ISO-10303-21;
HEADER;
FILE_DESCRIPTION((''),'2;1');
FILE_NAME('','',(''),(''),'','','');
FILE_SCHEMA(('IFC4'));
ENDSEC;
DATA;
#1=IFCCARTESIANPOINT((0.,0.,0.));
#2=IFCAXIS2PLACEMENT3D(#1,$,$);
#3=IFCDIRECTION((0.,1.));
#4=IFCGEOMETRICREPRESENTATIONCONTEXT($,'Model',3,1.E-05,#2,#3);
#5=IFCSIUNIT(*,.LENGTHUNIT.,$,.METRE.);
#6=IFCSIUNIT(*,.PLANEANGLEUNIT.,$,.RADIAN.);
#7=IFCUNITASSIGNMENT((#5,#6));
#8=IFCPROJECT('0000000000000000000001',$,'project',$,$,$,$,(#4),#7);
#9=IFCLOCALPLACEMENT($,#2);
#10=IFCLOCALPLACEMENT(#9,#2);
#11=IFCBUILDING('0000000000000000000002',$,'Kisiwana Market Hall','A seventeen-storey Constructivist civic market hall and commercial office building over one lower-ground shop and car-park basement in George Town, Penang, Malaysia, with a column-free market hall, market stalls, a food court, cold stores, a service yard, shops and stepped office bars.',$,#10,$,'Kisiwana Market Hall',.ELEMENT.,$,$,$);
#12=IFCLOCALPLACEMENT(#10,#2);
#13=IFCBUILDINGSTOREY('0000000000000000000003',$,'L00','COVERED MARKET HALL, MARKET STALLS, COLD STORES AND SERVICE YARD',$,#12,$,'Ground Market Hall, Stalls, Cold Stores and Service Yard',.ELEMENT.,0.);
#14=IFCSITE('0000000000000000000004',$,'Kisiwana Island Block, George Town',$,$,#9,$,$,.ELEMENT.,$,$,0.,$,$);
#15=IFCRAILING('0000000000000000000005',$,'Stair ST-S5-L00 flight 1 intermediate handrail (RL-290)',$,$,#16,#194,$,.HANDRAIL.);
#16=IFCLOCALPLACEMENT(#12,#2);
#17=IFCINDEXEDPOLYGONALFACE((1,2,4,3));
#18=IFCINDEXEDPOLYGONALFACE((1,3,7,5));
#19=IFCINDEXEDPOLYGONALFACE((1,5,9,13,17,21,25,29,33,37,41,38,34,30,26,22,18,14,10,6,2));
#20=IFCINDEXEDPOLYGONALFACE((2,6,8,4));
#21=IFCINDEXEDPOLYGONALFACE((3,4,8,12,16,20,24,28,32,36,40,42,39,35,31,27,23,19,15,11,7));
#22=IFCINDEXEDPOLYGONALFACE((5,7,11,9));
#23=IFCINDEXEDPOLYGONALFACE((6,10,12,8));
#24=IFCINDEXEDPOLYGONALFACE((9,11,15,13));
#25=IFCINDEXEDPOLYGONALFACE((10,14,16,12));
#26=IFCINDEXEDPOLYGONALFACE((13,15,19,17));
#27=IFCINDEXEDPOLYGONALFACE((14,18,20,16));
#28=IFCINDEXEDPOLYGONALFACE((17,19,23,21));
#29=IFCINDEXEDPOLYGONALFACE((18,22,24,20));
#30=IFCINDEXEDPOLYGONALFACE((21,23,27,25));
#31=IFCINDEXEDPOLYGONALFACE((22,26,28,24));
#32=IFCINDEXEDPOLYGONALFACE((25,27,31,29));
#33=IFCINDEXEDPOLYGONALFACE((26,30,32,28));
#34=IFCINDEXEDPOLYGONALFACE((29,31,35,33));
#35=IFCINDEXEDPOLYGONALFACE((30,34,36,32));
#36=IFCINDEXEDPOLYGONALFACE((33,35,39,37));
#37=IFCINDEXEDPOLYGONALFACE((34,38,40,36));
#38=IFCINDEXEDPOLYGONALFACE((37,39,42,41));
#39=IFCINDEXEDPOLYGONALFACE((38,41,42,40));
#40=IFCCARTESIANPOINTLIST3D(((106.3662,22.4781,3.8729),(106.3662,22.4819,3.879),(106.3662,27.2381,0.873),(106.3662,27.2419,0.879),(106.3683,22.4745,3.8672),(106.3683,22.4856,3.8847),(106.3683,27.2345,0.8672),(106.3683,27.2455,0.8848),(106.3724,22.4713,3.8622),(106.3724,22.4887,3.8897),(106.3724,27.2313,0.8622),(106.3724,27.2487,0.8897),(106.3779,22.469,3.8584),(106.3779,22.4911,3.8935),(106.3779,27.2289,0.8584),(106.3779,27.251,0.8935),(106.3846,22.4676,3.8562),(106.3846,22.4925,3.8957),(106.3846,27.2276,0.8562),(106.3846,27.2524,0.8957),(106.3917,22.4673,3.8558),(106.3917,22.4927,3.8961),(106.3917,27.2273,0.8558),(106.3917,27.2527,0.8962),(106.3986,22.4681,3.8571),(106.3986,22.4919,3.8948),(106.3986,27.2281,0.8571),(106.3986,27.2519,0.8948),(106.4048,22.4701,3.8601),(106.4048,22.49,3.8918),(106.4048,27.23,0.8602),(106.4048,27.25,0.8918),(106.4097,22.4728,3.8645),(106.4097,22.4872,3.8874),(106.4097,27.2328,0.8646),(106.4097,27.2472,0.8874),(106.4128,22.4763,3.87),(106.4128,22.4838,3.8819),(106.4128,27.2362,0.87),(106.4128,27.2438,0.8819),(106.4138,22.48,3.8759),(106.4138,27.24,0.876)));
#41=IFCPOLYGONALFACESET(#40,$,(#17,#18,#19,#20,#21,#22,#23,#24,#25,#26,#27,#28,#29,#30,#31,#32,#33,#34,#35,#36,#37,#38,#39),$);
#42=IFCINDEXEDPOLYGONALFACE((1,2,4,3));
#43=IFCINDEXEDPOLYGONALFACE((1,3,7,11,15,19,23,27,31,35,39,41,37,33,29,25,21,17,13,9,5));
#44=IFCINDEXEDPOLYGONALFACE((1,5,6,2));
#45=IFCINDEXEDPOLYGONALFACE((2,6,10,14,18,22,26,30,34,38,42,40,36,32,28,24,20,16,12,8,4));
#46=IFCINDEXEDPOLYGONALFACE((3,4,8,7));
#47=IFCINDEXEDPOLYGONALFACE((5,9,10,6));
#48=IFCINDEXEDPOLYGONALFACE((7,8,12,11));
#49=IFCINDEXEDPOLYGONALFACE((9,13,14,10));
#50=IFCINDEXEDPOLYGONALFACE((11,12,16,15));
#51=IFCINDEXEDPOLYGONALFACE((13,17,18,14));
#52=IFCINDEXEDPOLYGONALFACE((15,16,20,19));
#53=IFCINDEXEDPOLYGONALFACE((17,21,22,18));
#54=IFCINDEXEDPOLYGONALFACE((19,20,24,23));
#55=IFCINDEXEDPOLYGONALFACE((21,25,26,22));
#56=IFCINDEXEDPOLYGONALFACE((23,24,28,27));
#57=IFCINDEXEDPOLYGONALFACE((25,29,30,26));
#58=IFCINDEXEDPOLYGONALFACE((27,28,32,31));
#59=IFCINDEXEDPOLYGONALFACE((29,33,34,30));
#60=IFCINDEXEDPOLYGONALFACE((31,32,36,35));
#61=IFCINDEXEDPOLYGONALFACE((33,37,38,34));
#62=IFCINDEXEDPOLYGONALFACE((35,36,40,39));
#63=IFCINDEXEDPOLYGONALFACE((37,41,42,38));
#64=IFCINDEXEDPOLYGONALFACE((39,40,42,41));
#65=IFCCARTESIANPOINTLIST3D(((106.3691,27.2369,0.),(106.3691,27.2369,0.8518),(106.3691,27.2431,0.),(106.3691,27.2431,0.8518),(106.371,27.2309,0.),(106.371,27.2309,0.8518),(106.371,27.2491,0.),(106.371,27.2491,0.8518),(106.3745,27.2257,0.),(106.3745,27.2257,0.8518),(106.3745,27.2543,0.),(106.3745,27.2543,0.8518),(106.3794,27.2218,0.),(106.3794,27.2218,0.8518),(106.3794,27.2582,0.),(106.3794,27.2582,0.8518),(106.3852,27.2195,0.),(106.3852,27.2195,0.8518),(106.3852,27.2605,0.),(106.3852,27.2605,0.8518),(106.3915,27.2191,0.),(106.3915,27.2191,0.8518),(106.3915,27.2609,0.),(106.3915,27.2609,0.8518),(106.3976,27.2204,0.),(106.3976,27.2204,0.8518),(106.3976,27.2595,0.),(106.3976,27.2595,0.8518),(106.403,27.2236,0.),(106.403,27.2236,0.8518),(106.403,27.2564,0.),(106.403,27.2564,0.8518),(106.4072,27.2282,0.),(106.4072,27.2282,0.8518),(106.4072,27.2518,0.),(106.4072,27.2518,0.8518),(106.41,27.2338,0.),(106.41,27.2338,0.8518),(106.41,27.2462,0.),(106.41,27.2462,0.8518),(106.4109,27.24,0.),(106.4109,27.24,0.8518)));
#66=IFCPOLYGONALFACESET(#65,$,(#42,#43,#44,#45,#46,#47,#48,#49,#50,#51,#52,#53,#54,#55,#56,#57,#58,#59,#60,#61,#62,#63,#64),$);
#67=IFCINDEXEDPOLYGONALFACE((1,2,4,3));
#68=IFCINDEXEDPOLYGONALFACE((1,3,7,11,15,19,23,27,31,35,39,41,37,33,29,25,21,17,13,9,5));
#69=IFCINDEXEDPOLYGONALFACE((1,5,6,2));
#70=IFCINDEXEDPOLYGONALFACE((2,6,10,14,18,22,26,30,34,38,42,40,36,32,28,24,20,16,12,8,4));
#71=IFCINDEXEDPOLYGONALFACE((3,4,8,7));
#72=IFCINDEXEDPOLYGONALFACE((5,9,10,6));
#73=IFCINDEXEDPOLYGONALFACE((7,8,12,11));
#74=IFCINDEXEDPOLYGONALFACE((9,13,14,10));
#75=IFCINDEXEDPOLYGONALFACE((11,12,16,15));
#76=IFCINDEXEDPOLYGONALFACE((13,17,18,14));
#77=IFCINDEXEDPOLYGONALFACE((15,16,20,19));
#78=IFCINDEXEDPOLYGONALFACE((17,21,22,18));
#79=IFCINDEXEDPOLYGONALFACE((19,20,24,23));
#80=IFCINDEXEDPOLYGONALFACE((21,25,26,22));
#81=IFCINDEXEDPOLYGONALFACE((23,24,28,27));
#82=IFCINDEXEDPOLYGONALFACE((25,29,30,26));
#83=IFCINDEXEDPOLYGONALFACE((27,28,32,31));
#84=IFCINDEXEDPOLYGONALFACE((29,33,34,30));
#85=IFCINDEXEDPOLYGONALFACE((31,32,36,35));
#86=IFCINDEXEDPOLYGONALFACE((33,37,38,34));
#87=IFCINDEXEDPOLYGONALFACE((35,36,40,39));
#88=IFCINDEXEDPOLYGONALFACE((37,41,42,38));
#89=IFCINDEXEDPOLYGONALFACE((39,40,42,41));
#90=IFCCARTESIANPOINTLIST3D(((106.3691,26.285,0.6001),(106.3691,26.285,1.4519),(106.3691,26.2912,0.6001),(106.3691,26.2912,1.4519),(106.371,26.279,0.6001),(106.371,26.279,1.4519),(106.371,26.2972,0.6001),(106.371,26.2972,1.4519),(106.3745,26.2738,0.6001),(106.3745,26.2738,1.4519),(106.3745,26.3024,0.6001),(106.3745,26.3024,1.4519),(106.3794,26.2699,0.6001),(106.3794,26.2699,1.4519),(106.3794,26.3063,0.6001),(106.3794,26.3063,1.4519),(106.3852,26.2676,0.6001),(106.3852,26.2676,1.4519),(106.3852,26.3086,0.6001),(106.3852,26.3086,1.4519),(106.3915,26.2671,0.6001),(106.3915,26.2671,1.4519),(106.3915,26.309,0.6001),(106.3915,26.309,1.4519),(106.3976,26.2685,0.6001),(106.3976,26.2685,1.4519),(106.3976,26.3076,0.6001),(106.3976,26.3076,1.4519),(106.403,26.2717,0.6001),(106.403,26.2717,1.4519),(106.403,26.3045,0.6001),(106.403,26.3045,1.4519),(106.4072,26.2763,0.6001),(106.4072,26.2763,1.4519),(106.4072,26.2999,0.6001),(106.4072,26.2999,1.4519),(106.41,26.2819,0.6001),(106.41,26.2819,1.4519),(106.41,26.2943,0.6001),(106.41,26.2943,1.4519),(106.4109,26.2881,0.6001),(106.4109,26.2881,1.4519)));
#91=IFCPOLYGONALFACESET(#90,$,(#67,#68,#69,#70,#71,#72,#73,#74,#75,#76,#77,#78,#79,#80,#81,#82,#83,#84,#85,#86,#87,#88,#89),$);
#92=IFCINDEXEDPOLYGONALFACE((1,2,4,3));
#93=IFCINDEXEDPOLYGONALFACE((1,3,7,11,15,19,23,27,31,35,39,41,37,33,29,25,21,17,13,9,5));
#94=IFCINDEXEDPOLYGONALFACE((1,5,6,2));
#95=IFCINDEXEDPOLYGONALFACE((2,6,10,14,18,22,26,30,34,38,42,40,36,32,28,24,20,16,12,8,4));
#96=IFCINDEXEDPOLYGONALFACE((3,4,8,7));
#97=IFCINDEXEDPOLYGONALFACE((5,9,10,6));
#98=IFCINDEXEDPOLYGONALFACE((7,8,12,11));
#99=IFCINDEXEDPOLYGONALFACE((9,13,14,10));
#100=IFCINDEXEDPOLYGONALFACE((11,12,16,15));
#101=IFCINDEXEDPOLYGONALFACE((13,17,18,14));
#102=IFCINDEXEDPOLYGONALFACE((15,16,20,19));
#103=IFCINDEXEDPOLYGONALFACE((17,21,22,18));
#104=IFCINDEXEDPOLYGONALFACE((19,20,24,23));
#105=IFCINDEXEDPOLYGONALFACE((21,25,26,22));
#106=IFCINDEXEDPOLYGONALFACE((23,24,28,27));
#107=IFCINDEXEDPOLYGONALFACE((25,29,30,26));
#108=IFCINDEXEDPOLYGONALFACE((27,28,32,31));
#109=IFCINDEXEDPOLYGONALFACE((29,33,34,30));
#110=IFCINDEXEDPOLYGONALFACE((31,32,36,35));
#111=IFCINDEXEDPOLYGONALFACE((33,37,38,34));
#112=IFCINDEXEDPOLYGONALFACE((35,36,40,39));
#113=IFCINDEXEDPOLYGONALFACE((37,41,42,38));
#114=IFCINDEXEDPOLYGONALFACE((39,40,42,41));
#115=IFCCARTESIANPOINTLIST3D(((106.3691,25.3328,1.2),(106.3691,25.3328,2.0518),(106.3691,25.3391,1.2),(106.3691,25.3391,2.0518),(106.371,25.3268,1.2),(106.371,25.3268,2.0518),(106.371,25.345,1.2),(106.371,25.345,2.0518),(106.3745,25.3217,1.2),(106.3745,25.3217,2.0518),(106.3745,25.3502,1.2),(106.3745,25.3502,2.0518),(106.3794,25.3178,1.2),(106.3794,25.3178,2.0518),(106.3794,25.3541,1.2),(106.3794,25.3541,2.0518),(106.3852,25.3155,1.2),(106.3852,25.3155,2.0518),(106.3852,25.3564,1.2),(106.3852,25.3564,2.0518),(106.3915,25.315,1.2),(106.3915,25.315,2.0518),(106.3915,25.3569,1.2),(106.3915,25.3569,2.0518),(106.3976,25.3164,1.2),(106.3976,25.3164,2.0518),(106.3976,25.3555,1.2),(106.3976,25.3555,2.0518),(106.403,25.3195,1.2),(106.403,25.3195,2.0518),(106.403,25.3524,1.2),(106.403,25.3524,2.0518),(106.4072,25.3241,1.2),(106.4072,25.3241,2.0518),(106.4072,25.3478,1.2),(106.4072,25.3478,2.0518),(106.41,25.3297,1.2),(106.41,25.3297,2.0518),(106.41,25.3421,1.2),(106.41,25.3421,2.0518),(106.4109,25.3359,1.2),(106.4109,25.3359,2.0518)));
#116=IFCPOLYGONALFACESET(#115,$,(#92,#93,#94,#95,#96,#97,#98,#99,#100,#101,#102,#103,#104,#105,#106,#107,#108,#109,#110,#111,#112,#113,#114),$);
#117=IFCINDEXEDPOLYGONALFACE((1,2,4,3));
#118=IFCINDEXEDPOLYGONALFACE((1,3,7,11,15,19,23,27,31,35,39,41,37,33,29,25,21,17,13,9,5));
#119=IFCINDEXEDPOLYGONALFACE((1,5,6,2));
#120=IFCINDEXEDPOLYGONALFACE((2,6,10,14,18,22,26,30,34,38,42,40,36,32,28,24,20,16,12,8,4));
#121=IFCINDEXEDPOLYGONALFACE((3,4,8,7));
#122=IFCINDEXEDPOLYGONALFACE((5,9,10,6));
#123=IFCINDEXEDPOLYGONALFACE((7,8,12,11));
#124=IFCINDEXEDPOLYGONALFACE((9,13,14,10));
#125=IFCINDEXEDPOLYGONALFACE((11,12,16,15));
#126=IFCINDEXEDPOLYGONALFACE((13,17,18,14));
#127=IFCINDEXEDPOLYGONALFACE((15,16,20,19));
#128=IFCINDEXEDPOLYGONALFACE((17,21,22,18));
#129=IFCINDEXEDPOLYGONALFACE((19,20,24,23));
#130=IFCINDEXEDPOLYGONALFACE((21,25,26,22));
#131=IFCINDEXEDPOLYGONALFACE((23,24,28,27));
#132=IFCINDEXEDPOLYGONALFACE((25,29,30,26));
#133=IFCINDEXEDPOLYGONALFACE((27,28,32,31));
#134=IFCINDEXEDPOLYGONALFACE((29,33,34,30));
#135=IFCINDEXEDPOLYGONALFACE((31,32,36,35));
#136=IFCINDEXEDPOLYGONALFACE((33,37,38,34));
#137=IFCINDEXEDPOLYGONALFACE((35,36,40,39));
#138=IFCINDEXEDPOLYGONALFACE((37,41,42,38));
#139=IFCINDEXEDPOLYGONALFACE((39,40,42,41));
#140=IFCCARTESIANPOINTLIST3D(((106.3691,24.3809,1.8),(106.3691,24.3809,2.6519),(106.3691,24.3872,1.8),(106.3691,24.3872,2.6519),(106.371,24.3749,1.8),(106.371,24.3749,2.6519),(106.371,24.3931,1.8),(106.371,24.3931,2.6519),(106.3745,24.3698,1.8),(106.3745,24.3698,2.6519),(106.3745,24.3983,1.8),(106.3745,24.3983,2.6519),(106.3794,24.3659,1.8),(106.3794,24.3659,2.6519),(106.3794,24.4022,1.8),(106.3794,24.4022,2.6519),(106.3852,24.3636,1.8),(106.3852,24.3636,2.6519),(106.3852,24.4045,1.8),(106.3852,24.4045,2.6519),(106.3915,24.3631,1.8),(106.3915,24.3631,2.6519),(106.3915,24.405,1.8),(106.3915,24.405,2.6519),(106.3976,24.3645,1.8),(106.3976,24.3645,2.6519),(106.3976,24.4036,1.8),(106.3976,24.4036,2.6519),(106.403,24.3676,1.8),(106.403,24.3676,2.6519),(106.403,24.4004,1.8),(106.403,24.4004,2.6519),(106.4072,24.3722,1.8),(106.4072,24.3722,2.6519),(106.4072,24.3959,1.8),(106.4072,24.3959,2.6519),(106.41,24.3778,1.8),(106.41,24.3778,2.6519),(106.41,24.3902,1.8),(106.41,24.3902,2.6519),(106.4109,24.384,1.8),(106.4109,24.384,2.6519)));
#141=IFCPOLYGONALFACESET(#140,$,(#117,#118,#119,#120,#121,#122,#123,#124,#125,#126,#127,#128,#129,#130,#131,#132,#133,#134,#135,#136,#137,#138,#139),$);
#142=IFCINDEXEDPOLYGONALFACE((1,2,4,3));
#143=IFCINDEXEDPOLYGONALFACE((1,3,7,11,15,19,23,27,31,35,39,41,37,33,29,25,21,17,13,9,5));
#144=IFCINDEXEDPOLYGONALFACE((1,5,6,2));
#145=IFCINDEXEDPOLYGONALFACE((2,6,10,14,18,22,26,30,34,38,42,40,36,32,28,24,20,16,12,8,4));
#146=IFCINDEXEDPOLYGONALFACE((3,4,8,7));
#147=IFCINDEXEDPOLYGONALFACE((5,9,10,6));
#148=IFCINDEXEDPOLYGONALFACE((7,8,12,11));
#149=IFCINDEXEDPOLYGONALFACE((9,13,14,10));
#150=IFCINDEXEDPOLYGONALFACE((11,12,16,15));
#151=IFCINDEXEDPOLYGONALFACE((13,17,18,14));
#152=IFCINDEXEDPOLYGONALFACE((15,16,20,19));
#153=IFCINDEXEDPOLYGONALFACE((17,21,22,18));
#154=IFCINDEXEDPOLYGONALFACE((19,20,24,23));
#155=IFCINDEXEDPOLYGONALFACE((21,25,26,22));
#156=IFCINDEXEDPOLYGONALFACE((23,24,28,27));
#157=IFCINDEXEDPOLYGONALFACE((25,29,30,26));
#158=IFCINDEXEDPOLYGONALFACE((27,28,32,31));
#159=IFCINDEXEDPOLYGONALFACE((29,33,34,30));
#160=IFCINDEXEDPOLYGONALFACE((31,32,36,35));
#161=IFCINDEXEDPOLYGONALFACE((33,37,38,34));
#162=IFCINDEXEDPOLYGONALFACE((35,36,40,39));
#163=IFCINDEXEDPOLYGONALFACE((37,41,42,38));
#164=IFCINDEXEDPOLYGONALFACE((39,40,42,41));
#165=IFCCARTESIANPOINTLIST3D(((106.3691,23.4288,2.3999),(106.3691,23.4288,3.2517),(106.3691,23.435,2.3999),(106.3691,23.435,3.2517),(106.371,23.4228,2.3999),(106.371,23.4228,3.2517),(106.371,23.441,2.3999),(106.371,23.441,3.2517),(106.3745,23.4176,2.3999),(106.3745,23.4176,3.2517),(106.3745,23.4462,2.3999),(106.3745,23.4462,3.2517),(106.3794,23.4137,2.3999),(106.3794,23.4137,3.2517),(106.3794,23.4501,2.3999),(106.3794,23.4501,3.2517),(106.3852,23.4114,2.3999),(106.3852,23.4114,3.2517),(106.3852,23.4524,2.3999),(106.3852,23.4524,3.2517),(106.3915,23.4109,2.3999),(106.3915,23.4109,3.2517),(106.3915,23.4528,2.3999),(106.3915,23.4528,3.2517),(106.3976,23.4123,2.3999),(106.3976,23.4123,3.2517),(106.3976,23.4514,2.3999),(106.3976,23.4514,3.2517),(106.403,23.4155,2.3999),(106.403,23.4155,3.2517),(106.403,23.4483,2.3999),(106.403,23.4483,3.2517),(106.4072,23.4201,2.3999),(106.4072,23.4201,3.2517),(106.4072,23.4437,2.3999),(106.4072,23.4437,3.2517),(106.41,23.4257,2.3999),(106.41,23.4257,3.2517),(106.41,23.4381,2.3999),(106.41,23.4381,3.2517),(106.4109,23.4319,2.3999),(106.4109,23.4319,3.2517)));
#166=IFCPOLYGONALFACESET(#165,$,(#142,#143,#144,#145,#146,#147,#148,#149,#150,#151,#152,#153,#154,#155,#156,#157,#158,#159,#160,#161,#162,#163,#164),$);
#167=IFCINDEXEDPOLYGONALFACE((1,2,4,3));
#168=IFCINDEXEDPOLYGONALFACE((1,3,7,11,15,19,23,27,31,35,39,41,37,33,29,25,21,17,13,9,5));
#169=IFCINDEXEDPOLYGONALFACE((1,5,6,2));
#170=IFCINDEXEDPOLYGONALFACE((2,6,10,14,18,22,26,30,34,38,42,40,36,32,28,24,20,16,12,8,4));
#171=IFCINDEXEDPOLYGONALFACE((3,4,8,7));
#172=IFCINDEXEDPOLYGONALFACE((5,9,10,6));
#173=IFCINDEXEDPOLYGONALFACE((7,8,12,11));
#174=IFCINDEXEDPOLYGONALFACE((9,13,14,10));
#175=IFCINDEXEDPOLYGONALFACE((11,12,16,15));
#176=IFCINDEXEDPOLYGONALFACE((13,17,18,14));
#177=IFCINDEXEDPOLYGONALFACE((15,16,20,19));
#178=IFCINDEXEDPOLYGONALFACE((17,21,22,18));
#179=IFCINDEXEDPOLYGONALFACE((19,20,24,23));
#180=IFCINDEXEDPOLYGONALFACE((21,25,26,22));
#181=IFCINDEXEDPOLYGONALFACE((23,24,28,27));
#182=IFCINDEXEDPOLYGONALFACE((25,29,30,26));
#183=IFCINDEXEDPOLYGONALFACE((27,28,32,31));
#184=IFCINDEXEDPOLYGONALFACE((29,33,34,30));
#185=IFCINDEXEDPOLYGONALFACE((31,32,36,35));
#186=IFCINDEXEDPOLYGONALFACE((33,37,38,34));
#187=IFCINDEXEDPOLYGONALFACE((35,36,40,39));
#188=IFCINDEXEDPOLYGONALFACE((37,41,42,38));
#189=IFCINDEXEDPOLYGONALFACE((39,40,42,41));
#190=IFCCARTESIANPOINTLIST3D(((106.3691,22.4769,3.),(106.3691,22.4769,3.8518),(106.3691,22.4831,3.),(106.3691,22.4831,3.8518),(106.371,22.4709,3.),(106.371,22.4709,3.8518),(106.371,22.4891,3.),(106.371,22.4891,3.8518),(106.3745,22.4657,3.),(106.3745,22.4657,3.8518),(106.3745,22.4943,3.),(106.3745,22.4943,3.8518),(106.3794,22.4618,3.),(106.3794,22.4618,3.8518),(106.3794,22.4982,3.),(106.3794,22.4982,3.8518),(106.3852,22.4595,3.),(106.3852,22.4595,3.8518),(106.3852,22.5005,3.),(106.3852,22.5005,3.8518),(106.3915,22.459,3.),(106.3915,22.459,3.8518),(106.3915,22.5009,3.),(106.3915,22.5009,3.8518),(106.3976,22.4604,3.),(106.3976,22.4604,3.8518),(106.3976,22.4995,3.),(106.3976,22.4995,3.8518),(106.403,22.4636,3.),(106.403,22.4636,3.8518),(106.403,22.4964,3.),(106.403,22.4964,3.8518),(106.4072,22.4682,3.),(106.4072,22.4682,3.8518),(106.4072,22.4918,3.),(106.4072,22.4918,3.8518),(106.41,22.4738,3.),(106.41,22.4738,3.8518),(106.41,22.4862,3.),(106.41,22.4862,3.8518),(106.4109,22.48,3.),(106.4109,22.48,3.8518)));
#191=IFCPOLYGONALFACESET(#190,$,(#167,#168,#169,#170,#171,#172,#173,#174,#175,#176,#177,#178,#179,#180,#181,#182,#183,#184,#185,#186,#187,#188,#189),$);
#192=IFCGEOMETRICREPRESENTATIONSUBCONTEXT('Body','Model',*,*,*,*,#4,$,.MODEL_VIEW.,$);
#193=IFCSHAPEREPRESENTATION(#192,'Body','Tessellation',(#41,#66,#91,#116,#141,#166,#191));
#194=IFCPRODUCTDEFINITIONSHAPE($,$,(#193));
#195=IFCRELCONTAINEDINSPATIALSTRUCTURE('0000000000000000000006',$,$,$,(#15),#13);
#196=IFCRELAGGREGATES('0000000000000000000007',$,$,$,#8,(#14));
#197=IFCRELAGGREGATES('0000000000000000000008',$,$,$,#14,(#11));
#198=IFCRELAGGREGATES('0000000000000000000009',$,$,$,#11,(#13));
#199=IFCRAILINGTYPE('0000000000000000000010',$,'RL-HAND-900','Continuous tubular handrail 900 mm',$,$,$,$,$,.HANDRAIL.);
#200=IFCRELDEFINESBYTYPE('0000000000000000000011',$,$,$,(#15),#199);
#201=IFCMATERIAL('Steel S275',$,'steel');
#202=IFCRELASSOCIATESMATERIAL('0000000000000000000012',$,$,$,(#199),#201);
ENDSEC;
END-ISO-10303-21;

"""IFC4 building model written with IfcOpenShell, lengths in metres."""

from ifc_helpers import new_model, si_unit, direction, frame, origin, origin_2d, place, context, subcontext, project, spatial, circle, extrude, material, type_object, element, save


model = new_model("IFC4")

# Units and contexts
model_context = context("Model", 3, precision=1e-05, world=origin(), true_north=direction((0.0, 1.0)))
body_context = subcontext(model_context, "Body", "Model", "MODEL_VIEW")
ifc_project = project(units=[si_unit("LENGTHUNIT", "METRE"), si_unit("PLANEANGLEUNIT", "RADIAN")], contexts=[model_context])

# Site, building, storey
site_placement = place(None, origin())
site = spatial("IfcSite", under=ifc_project, at=site_placement, Name="Kisiwana Island Block, George Town", CompositionType="ELEMENT", RefElevation=0.0)
building_placement = place(site_placement, origin())
building = spatial("IfcBuilding", under=site, at=building_placement, Name="Kisiwana Market Hall", Description="A seventeen-storey Constructivist civic market hall and commercial office building over one lower-ground shop and car-park basement in George Town, Penang, Malaysia, with a column-free market hall, market stalls, a food court, cold stores, a service yard, shops and stepped office bars.", LongName="Kisiwana Market Hall", CompositionType="ELEMENT")
storey_placement = place(building_placement, origin())
storey = spatial("IfcBuildingStorey", under=building, at=storey_placement, Name="L00", Description="COVERED MARKET HALL, MARKET STALLS, COLD STORES AND SERVICE YARD", LongName="Ground Market Hall, Stalls, Cold Stores and Service Yard", CompositionType="ELEMENT", Elevation=0.0)

# Railing
ifc_material_1 = material(Name="Steel S275", Category="steel")
railing_type_1 = type_object("IfcRailingType", Name="RL-HAND-900", Description="Continuous tubular handrail 900 mm", PredefinedType="HANDRAIL", material=ifc_material_1)
railing_1_placement = place(storey_placement, frame((106.3899, 27.24, 0.0)))
element("IfcRailing", 1, at=railing_1_placement, inside=storey, type_object=railing_type_1, Name="Stair ST-S5-L00 flight 1 intermediate handrail (RL-290)", PredefinedType="HANDRAIL", context=body_context, shape_type="SweptSolid", body=[
    extrude(circle(Radius=0.0239, at=origin_2d()), frame((0.0, 0.0, 0.876), z_axis=(0.0, -0.845996, 0.53319), x_axis=(1.0, 0.0, 0.0)), (0.0, 0.0, 1.0), 5.6265),
    extrude(circle(Radius=0.021, at=origin_2d()), origin(), (0.0, 0.0, 1.0), 0.8518),
    extrude(circle(Radius=0.021, at=origin_2d()), frame((0.0, -0.9519, 0.6001)), (0.0, 0.0, 1.0), 0.8518),
    extrude(circle(Radius=0.021, at=origin_2d()), frame((0.0, -1.9041, 1.2)), (0.0, 0.0, 1.0), 0.8518),
    extrude(circle(Radius=0.021, at=origin_2d()), frame((0.0, -2.856, 1.8)), (0.0, 0.0, 1.0), 0.8518),
    extrude(circle(Radius=0.021, at=origin_2d()), frame((0.0, -3.8081, 2.3999)), (0.0, 0.0, 1.0), 0.8518),
    extrude(circle(Radius=0.021, at=origin_2d()), frame((0.0, -4.76, 3.0)), (0.0, 0.0, 1.0), 0.8518),
])

save(model, "model.ifc")
